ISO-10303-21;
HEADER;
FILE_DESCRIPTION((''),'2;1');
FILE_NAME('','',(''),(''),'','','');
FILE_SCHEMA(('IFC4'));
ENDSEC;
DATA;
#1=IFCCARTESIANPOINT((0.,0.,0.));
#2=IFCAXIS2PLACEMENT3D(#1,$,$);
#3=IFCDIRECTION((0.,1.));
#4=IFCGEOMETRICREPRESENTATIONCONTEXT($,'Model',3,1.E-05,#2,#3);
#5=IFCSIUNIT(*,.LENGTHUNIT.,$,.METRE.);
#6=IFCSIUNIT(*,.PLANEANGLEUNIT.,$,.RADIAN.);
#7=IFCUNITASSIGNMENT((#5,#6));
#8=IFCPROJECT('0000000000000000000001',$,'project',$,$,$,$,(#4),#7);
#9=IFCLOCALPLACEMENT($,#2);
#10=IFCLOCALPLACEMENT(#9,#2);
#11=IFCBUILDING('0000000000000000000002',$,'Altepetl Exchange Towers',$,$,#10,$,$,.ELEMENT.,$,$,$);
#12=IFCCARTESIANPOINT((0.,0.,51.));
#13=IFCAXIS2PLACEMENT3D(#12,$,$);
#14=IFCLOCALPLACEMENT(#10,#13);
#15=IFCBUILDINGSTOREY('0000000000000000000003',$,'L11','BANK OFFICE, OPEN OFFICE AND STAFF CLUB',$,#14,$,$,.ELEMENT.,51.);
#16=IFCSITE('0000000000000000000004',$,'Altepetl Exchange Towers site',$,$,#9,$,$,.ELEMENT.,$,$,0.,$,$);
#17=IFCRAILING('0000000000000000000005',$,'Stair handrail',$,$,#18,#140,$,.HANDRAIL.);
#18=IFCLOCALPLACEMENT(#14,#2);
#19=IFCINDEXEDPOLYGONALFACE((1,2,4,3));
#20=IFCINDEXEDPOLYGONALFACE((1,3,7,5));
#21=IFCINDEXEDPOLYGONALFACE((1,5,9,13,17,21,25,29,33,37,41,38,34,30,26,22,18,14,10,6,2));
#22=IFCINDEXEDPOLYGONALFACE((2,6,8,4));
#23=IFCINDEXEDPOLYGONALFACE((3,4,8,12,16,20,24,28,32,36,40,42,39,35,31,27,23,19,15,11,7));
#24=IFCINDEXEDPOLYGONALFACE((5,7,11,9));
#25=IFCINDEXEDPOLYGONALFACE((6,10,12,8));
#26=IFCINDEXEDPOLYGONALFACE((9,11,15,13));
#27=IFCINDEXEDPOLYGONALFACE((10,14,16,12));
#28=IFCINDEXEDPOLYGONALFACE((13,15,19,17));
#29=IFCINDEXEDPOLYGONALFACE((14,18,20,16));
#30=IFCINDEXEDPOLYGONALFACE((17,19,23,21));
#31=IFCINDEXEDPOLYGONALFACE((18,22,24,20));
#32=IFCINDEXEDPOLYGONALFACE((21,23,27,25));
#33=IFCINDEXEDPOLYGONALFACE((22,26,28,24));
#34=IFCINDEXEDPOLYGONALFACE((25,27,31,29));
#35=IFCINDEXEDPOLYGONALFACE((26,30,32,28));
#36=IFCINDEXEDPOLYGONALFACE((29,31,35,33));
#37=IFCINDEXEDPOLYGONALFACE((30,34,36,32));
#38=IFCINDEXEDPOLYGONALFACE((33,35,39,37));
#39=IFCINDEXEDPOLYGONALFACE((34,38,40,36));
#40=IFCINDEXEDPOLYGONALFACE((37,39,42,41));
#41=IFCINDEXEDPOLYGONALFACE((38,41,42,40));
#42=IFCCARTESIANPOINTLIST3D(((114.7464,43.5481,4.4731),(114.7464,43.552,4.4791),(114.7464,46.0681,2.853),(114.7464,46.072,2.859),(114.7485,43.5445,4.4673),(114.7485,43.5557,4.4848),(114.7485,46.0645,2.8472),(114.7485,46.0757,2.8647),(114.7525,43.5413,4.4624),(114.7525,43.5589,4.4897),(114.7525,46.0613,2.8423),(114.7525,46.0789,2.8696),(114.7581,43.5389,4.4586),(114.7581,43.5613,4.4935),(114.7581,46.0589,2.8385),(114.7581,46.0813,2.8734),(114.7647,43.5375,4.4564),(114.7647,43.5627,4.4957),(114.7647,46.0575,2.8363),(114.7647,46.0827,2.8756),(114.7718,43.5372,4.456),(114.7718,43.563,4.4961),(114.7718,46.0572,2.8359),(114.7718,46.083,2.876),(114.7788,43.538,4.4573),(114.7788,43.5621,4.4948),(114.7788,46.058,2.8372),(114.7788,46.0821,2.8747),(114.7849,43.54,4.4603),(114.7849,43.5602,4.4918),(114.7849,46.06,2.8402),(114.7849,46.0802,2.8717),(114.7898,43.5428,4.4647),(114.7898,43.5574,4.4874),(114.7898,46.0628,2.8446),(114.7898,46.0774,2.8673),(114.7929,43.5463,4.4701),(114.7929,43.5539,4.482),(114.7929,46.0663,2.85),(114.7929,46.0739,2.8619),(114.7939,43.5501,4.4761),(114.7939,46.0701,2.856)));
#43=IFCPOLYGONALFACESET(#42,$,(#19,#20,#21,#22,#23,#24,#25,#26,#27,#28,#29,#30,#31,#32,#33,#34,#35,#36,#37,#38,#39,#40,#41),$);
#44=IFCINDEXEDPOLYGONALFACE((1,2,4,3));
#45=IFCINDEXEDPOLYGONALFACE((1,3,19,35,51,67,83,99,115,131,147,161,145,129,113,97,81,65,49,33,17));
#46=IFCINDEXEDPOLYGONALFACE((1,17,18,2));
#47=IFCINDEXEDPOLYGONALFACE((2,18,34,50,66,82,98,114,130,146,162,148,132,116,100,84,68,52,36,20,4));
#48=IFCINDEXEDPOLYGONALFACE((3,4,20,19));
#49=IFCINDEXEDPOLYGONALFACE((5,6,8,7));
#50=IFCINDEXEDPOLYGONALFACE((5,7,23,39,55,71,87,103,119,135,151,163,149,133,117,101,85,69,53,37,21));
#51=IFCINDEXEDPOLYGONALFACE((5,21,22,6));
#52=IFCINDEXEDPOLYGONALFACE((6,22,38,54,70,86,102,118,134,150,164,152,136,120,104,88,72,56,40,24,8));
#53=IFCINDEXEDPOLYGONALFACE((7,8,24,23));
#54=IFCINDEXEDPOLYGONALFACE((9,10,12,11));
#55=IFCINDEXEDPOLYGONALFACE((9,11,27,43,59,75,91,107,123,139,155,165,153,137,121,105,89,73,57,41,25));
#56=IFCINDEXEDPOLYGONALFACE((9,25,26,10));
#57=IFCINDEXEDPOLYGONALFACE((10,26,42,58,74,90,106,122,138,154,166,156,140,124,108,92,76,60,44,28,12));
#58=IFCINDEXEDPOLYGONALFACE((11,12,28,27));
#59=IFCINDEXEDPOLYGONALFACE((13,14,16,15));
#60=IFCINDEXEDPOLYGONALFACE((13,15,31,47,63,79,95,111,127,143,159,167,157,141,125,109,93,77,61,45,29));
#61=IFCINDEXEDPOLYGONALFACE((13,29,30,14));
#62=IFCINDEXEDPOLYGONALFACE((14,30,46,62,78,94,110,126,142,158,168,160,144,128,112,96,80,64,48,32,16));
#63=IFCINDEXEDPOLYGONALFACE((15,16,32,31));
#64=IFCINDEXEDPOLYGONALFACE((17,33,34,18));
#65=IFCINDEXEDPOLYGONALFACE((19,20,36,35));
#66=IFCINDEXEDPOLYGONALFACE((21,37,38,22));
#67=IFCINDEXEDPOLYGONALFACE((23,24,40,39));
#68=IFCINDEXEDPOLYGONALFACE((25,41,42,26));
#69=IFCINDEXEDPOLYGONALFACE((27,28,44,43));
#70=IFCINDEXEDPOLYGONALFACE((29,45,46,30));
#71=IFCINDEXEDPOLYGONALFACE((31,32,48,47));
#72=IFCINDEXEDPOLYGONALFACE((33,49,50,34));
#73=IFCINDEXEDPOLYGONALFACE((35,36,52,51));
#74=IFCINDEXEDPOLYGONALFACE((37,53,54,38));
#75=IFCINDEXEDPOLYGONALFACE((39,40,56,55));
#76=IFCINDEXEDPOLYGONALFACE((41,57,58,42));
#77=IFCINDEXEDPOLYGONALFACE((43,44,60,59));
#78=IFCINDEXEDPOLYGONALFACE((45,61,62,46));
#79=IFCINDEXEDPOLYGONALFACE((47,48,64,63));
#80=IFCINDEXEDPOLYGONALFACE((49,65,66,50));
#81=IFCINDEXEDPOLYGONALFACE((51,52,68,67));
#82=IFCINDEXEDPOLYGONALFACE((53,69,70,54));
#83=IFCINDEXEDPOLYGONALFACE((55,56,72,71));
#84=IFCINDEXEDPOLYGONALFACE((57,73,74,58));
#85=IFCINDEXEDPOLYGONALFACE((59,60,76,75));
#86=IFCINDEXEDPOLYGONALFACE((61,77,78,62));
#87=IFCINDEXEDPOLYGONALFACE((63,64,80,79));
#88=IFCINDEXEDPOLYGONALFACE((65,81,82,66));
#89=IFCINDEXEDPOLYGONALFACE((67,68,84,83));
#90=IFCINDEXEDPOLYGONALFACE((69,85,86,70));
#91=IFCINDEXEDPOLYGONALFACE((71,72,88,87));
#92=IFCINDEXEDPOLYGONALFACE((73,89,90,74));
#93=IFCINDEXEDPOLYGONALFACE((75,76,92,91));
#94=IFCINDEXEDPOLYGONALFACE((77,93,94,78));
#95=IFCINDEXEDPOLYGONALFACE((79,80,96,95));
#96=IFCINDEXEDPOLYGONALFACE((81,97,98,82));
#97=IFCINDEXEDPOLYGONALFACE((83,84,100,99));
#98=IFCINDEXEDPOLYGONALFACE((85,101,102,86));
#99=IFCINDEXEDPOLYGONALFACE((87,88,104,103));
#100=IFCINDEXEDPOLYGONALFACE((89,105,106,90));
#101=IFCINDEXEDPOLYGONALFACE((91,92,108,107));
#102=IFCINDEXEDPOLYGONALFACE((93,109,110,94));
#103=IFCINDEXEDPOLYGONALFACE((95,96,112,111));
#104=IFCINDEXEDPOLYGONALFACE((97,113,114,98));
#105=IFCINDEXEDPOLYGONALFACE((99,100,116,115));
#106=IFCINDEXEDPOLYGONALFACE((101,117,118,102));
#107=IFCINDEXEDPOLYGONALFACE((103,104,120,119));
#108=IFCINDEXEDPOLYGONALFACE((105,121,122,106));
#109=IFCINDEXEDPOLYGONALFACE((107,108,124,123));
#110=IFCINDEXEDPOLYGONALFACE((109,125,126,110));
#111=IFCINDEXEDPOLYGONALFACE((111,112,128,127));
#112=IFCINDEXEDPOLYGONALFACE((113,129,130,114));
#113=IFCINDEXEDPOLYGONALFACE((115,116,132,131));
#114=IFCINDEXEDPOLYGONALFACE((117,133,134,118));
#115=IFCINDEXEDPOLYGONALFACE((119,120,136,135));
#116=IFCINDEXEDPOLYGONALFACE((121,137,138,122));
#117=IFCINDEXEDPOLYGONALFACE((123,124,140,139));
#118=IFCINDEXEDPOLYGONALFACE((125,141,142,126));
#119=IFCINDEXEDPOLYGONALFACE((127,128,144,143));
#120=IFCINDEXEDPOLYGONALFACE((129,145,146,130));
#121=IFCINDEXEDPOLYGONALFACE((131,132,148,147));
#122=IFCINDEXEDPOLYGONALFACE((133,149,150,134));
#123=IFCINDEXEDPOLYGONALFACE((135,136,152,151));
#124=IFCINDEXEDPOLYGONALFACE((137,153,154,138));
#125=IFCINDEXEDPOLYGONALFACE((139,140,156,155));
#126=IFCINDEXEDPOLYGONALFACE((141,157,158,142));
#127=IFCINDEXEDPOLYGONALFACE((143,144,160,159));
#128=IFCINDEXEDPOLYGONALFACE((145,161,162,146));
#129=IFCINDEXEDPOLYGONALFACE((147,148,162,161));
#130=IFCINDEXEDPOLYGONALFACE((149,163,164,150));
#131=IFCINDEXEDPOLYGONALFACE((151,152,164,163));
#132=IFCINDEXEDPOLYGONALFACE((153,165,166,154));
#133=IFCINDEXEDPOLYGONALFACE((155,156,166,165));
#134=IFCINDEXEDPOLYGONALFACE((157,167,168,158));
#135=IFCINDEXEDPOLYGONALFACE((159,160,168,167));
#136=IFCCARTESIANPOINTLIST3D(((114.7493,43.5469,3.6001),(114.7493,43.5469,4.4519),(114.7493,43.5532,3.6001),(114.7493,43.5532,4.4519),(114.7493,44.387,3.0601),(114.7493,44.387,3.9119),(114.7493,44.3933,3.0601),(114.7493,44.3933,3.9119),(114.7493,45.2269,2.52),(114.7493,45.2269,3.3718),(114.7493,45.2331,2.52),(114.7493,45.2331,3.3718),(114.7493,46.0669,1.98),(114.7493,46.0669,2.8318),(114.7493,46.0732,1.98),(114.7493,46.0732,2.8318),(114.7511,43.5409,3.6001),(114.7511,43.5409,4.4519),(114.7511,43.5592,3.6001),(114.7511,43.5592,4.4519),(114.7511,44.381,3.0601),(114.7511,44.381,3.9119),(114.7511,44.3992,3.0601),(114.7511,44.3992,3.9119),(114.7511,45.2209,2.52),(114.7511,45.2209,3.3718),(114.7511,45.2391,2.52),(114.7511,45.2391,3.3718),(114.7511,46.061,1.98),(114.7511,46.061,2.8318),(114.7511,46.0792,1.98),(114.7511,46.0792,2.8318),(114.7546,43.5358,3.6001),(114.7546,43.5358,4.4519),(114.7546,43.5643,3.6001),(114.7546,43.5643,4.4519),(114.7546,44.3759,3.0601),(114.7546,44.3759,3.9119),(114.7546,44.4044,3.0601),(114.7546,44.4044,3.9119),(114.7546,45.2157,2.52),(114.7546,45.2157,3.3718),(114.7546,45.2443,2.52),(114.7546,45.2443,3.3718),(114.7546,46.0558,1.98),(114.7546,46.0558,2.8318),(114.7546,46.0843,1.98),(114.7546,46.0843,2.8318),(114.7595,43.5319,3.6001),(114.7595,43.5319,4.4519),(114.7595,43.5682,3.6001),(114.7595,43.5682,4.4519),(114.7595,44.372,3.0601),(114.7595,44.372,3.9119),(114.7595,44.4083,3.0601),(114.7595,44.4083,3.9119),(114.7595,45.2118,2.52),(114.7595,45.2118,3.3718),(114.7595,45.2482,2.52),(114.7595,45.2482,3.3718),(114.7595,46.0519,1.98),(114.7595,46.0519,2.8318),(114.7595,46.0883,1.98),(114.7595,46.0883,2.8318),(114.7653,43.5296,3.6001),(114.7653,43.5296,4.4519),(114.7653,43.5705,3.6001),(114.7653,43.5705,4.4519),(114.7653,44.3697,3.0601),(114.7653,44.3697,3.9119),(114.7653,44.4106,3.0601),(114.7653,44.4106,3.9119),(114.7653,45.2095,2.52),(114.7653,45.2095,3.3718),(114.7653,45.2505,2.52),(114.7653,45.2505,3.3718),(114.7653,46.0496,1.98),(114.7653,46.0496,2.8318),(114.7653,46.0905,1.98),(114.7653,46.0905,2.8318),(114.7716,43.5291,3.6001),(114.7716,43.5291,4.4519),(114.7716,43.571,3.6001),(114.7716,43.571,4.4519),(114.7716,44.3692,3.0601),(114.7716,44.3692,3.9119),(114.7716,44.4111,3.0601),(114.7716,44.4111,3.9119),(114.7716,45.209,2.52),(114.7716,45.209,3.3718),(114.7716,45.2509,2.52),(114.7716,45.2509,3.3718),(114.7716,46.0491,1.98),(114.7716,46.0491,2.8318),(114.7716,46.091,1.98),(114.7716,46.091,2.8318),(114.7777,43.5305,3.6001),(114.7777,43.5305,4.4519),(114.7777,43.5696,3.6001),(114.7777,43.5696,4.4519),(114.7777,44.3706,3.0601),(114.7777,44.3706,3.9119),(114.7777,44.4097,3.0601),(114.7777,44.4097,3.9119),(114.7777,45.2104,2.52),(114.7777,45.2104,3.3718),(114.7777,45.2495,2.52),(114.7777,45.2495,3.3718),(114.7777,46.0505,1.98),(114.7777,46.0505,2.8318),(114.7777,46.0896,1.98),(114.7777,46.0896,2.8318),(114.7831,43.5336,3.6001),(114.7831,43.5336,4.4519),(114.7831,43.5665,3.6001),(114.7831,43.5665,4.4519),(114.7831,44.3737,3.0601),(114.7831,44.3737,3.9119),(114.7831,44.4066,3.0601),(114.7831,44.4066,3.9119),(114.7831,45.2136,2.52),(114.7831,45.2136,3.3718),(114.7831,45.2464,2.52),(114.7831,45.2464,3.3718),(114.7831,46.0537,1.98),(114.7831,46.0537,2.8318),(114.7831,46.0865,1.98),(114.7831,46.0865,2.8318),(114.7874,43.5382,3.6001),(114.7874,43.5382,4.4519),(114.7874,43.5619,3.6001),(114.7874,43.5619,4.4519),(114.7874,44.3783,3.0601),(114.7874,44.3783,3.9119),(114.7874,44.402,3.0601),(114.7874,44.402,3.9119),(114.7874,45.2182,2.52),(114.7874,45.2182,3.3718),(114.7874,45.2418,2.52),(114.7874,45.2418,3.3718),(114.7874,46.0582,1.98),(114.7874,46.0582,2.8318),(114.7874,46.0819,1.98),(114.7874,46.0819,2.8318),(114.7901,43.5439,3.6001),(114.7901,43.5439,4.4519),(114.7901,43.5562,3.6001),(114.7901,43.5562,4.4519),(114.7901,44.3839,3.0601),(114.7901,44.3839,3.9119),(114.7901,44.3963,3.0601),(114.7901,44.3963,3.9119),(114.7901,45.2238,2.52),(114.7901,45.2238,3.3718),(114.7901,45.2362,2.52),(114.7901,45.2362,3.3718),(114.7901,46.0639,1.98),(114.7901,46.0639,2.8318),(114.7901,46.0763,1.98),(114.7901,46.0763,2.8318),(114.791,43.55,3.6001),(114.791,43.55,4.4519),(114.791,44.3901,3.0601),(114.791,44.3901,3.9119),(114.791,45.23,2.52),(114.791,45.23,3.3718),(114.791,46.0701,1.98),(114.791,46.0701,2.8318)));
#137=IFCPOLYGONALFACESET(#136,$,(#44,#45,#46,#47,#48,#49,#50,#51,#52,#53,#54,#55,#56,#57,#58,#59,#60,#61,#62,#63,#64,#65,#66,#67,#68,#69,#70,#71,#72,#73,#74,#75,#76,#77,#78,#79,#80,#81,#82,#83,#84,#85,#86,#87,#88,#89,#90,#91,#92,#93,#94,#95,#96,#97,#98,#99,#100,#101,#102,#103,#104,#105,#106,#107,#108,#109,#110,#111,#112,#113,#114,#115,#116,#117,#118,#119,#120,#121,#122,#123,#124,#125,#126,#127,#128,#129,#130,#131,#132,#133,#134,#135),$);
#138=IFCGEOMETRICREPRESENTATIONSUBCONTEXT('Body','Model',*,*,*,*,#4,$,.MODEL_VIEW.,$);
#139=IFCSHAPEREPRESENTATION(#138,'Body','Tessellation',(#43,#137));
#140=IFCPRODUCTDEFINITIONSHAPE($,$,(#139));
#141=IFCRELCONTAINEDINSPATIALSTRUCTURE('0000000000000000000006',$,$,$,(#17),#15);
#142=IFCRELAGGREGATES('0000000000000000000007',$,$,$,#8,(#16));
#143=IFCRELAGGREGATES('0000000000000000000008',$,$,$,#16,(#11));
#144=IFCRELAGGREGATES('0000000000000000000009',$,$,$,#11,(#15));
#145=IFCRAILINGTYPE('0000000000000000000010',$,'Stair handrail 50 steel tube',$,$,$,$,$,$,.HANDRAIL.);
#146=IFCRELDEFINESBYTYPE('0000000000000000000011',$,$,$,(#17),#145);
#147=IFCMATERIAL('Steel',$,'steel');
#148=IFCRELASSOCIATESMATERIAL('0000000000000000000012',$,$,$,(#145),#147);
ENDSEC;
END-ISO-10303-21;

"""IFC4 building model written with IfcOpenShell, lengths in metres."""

from ifc_helpers import new_model, si_unit, direction, frame, origin, origin_2d, place, context, subcontext, project, spatial, circle, extrude, source, transform, mapped, material, type_object, element, save


model = new_model("IFC4")

# Units and contexts
model_context = context("Model", 3, precision=1e-05, world=origin(), true_north=direction((0.0, 1.0)))
body_context = subcontext(model_context, "Body", "Model", "MODEL_VIEW")
ifc_project = project(units=[si_unit("LENGTHUNIT", "METRE"), si_unit("PLANEANGLEUNIT", "RADIAN")], contexts=[model_context])

# Site, building, storey
site_placement = place(None, origin())
site = spatial("IfcSite", under=ifc_project, at=site_placement, Name="Altepetl Exchange Towers site", CompositionType="ELEMENT", RefElevation=0.0)
building_placement = place(site_placement, origin())
building = spatial("IfcBuilding", under=site, at=building_placement, Name="Altepetl Exchange Towers", CompositionType="ELEMENT")
storey_placement = place(building_placement, frame((0.0, 0.0, 51.0)))
storey = spatial("IfcBuildingStorey", under=building, at=storey_placement, Name="L11", Description="BANK OFFICE, OPEN OFFICE AND STAFF CLUB", CompositionType="ELEMENT", Elevation=51.0)

# Railing
ifc_material_1 = material(Name="Steel", Category="steel")
railing_type = type_object("IfcRailingType", Name="Stair handrail 50 steel tube", PredefinedType="HANDRAIL", material=ifc_material_1)
shared_shape = source(origin(), body_context, "Body", "SweptSolid", [
    extrude(circle(Radius=0.021, at=origin_2d()), origin(), (0.0, 0.0, 1.0), 0.8518),
])
railing_1_placement = place(storey_placement, frame((114.77, 46.0701, 1.98)))
element("IfcRailing", 1, at=railing_1_placement, inside=storey, type_object=railing_type, Name="Stair handrail", PredefinedType="HANDRAIL", context=body_context, shape_type="SweptSolid", body=[
    extrude(circle(Radius=0.0239, at=origin_2d()), frame((0.0, 0.0, 0.876), z_axis=(0.0, -0.841163, 0.540782), x_axis=(1.0, 0.0, 0.0)), (0.0, 0.0, 1.0), 2.9958),
    mapped(shared_shape, transform((0.0, 0.0, 0.0))),
    mapped(shared_shape, transform((0.0, -0.8401, 0.54))),
    mapped(shared_shape, transform((0.0, -1.6799, 1.0801))),
    mapped(shared_shape, transform((0.0, -2.52, 1.6201))),
])

save(model, "model.ifc")
